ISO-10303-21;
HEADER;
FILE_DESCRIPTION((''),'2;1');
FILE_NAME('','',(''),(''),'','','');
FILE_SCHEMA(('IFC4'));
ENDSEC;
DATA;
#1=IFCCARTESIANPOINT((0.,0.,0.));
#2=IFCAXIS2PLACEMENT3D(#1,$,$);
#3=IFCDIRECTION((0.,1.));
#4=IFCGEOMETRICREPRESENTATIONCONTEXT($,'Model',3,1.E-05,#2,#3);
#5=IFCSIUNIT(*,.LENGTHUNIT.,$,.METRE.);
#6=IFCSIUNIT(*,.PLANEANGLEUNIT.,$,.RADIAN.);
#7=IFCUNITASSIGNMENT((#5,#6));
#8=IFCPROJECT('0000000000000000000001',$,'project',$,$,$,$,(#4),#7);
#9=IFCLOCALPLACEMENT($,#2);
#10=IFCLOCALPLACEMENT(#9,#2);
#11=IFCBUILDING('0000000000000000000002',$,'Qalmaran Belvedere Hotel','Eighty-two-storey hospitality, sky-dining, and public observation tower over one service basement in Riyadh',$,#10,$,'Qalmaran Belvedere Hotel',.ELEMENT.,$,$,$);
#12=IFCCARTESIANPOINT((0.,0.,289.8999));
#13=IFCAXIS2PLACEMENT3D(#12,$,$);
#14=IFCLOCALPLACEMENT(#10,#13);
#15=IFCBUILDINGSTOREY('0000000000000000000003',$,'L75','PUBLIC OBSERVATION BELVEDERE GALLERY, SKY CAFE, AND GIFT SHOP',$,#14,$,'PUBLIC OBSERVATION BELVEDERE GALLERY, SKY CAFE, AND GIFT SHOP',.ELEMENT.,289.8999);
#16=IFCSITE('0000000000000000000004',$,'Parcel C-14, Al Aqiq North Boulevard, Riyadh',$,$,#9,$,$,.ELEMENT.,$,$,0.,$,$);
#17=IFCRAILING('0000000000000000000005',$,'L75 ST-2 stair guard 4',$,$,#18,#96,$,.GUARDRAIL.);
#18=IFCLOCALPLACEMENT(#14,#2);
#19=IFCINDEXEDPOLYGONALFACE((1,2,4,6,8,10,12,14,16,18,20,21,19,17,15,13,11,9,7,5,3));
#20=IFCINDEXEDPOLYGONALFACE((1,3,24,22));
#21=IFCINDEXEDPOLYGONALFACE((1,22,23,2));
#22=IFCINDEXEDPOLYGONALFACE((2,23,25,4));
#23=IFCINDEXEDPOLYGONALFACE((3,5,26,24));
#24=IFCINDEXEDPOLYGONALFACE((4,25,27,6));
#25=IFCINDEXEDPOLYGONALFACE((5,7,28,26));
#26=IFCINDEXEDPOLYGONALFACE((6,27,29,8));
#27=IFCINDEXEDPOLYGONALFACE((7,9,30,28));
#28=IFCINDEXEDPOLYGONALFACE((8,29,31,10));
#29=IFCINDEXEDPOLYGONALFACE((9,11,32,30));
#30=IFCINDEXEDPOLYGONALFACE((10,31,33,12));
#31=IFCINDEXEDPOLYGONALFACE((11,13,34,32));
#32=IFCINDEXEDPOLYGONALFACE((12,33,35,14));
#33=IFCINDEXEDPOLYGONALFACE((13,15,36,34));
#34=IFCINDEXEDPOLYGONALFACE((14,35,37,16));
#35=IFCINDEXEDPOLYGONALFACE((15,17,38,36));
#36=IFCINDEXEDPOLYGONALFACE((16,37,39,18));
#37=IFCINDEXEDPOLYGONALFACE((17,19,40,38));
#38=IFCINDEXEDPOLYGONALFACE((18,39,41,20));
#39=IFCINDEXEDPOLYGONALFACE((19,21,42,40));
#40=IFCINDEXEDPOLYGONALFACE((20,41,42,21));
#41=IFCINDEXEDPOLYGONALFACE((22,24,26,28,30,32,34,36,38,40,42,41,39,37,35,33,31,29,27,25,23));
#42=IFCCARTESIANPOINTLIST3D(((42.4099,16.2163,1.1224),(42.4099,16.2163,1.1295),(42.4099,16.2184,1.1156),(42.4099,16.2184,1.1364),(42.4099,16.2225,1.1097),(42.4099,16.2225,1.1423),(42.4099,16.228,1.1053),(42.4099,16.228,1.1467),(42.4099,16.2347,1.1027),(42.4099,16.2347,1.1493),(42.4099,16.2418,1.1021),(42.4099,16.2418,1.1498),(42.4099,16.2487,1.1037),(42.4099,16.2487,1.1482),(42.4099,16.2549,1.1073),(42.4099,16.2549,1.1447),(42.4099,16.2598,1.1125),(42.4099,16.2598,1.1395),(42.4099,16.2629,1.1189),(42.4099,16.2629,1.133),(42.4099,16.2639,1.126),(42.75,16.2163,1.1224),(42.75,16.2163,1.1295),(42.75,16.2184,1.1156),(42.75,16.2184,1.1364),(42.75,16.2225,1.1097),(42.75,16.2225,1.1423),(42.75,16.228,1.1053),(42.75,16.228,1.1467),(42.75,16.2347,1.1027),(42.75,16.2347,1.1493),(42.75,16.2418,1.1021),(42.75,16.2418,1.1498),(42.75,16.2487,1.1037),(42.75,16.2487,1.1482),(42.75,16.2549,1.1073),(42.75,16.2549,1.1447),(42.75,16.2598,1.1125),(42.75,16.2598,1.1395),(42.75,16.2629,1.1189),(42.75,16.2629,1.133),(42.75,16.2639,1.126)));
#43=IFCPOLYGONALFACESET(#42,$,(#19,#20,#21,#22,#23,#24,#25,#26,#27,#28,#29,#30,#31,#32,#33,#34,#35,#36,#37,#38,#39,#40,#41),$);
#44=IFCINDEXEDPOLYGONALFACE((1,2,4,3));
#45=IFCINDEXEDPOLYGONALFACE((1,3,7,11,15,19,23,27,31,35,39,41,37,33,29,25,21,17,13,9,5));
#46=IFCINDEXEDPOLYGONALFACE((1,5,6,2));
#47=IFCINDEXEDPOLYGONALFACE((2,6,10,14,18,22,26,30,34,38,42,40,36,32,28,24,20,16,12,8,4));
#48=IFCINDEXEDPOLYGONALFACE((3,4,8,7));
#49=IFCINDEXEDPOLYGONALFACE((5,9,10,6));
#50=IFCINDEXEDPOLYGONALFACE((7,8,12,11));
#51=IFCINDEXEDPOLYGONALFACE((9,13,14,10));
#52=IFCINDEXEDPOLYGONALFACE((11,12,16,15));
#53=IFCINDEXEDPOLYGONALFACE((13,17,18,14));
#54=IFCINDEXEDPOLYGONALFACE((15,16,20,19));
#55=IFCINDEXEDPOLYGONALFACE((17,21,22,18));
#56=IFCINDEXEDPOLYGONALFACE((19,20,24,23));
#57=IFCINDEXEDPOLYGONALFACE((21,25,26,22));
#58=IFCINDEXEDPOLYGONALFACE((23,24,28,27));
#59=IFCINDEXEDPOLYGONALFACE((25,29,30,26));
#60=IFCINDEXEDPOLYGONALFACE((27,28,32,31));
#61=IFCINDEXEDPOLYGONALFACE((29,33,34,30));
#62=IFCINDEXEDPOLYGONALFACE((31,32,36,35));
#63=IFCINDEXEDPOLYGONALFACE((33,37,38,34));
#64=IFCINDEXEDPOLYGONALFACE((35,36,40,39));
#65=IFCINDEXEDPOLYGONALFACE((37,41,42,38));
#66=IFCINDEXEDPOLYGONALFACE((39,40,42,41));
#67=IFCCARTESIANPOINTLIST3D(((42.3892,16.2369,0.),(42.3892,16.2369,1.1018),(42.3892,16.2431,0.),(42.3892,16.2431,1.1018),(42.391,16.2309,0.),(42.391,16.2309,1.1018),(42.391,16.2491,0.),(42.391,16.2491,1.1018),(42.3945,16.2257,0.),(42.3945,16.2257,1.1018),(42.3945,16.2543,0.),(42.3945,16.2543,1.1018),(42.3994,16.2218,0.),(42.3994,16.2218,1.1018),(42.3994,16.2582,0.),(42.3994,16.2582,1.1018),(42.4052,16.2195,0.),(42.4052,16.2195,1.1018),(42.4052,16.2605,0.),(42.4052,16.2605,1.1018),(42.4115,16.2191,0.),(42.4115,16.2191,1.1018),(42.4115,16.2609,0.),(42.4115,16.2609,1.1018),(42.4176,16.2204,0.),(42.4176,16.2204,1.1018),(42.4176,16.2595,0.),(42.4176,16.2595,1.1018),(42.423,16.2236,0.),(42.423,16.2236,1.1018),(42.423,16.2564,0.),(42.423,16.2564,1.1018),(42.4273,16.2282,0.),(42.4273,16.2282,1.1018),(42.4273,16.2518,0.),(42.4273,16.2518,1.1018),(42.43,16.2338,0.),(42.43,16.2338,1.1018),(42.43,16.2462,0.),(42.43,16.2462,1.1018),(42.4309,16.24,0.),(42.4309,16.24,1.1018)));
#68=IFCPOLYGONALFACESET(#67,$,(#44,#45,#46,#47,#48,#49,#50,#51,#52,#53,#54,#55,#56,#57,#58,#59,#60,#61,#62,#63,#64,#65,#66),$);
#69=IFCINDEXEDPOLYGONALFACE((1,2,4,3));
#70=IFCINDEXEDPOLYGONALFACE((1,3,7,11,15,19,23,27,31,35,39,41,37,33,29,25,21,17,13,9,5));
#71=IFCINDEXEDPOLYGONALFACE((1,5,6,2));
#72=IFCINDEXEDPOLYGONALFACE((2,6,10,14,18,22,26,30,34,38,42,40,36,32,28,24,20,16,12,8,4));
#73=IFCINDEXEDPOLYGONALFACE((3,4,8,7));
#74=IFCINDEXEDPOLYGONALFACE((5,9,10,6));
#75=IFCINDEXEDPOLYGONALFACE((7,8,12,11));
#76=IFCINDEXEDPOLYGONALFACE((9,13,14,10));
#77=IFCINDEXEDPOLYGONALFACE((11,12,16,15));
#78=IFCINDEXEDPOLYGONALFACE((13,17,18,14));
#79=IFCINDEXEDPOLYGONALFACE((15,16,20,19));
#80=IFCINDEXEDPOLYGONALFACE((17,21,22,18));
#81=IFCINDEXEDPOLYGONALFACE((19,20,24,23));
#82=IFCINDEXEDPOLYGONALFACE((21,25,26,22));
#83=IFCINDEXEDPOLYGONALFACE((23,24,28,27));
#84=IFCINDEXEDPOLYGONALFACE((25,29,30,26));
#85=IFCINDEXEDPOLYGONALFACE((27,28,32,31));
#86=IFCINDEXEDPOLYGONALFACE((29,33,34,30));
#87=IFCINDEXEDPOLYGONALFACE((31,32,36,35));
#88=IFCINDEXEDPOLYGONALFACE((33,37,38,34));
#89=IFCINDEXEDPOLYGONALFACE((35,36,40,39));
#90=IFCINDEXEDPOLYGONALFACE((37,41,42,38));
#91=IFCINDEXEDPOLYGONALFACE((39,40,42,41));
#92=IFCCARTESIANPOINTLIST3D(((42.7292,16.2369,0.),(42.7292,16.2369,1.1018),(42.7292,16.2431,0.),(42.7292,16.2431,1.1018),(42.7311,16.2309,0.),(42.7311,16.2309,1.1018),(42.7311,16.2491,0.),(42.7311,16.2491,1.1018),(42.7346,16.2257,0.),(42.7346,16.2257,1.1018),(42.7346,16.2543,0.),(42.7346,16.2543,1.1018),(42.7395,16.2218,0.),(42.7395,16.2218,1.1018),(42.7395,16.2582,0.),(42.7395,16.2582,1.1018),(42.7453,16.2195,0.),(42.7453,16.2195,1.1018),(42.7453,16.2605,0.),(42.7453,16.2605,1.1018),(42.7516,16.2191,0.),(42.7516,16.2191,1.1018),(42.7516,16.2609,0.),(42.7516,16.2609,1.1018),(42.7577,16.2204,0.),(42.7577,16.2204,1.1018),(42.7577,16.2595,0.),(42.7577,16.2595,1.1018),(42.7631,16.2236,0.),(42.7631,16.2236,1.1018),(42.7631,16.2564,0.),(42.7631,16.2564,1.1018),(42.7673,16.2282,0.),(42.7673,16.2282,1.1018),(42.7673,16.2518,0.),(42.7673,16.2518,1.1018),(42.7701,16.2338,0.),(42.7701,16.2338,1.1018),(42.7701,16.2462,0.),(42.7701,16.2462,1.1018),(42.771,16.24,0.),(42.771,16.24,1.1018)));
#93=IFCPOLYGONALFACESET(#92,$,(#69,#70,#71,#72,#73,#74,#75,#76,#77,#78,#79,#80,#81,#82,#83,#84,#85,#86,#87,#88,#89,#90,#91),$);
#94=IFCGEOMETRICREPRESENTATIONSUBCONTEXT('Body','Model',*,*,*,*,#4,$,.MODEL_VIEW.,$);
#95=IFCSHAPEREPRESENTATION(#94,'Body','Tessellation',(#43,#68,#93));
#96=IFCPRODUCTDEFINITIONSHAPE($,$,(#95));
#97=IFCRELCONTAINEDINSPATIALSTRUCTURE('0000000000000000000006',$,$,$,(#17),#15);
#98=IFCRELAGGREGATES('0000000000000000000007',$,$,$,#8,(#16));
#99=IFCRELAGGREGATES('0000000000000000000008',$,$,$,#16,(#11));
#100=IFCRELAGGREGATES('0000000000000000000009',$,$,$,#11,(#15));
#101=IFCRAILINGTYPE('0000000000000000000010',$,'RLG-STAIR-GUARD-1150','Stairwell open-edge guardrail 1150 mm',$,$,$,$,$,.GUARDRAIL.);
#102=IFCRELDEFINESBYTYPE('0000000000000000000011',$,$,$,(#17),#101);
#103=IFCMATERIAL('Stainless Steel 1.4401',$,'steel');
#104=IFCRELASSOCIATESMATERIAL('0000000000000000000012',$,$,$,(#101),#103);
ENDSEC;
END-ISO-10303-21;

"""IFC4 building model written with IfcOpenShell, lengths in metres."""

from ifc_helpers import new_model, si_unit, direction, frame, origin, origin_2d, place, context, subcontext, project, spatial, circle, extrude, material, type_object, element, save


model = new_model("IFC4")

# Units and contexts
model_context = context("Model", 3, precision=1e-05, world=origin(), true_north=direction((0.0, 1.0)))
body_context = subcontext(model_context, "Body", "Model", "MODEL_VIEW")
ifc_project = project(units=[si_unit("LENGTHUNIT", "METRE"), si_unit("PLANEANGLEUNIT", "RADIAN")], contexts=[model_context])

# Site, building, storey
site_placement = place(None, origin())
site = spatial("IfcSite", under=ifc_project, at=site_placement, Name="Parcel C-14, Al Aqiq North Boulevard, Riyadh", CompositionType="ELEMENT", RefElevation=0.0)
building_placement = place(site_placement, origin())
building = spatial("IfcBuilding", under=site, at=building_placement, Name="Qalmaran Belvedere Hotel", Description="Eighty-two-storey hospitality, sky-dining, and public observation tower over one service basement in Riyadh", LongName="Qalmaran Belvedere Hotel", CompositionType="ELEMENT")
storey_placement = place(building_placement, frame((0.0, 0.0, 289.8999)))
storey = spatial("IfcBuildingStorey", under=building, at=storey_placement, Name="L75", Description="PUBLIC OBSERVATION BELVEDERE GALLERY, SKY CAFE, AND GIFT SHOP", LongName="PUBLIC OBSERVATION BELVEDERE GALLERY, SKY CAFE, AND GIFT SHOP", CompositionType="ELEMENT", Elevation=289.8999)

# Railing
ifc_material_1 = material(Name="Stainless Steel 1.4401", Category="steel")
railing_type_1 = type_object("IfcRailingType", Name="RLG-STAIR-GUARD-1150", Description="Stairwell open-edge guardrail 1150 mm", PredefinedType="GUARDRAIL", material=ifc_material_1)
railing_1_placement = place(storey_placement, frame((42.4099, 16.24, 0.0)))
element("IfcRailing", 1, at=railing_1_placement, inside=storey, type_object=railing_type_1, Name="L75 ST-2 stair guard 4", PredefinedType="GUARDRAIL", context=body_context, shape_type="SweptSolid", body=[
    extrude(circle(Radius=0.0239, at=origin_2d()), frame((0.0, 0.0, 1.126), z_axis=(1.0, 0.0, 0.0), x_axis=(0.0, 1.0, 0.0)), (0.0, 0.0, 1.0), 0.3401),
    extrude(circle(Radius=0.021, at=origin_2d()), origin(), (0.0, 0.0, 1.0), 1.1018),
    extrude(circle(Radius=0.021, at=origin_2d()), frame((0.3401, 0.0, 0.0)), (0.0, 0.0, 1.0), 1.1018),
])

save(model, "model.ifc")
